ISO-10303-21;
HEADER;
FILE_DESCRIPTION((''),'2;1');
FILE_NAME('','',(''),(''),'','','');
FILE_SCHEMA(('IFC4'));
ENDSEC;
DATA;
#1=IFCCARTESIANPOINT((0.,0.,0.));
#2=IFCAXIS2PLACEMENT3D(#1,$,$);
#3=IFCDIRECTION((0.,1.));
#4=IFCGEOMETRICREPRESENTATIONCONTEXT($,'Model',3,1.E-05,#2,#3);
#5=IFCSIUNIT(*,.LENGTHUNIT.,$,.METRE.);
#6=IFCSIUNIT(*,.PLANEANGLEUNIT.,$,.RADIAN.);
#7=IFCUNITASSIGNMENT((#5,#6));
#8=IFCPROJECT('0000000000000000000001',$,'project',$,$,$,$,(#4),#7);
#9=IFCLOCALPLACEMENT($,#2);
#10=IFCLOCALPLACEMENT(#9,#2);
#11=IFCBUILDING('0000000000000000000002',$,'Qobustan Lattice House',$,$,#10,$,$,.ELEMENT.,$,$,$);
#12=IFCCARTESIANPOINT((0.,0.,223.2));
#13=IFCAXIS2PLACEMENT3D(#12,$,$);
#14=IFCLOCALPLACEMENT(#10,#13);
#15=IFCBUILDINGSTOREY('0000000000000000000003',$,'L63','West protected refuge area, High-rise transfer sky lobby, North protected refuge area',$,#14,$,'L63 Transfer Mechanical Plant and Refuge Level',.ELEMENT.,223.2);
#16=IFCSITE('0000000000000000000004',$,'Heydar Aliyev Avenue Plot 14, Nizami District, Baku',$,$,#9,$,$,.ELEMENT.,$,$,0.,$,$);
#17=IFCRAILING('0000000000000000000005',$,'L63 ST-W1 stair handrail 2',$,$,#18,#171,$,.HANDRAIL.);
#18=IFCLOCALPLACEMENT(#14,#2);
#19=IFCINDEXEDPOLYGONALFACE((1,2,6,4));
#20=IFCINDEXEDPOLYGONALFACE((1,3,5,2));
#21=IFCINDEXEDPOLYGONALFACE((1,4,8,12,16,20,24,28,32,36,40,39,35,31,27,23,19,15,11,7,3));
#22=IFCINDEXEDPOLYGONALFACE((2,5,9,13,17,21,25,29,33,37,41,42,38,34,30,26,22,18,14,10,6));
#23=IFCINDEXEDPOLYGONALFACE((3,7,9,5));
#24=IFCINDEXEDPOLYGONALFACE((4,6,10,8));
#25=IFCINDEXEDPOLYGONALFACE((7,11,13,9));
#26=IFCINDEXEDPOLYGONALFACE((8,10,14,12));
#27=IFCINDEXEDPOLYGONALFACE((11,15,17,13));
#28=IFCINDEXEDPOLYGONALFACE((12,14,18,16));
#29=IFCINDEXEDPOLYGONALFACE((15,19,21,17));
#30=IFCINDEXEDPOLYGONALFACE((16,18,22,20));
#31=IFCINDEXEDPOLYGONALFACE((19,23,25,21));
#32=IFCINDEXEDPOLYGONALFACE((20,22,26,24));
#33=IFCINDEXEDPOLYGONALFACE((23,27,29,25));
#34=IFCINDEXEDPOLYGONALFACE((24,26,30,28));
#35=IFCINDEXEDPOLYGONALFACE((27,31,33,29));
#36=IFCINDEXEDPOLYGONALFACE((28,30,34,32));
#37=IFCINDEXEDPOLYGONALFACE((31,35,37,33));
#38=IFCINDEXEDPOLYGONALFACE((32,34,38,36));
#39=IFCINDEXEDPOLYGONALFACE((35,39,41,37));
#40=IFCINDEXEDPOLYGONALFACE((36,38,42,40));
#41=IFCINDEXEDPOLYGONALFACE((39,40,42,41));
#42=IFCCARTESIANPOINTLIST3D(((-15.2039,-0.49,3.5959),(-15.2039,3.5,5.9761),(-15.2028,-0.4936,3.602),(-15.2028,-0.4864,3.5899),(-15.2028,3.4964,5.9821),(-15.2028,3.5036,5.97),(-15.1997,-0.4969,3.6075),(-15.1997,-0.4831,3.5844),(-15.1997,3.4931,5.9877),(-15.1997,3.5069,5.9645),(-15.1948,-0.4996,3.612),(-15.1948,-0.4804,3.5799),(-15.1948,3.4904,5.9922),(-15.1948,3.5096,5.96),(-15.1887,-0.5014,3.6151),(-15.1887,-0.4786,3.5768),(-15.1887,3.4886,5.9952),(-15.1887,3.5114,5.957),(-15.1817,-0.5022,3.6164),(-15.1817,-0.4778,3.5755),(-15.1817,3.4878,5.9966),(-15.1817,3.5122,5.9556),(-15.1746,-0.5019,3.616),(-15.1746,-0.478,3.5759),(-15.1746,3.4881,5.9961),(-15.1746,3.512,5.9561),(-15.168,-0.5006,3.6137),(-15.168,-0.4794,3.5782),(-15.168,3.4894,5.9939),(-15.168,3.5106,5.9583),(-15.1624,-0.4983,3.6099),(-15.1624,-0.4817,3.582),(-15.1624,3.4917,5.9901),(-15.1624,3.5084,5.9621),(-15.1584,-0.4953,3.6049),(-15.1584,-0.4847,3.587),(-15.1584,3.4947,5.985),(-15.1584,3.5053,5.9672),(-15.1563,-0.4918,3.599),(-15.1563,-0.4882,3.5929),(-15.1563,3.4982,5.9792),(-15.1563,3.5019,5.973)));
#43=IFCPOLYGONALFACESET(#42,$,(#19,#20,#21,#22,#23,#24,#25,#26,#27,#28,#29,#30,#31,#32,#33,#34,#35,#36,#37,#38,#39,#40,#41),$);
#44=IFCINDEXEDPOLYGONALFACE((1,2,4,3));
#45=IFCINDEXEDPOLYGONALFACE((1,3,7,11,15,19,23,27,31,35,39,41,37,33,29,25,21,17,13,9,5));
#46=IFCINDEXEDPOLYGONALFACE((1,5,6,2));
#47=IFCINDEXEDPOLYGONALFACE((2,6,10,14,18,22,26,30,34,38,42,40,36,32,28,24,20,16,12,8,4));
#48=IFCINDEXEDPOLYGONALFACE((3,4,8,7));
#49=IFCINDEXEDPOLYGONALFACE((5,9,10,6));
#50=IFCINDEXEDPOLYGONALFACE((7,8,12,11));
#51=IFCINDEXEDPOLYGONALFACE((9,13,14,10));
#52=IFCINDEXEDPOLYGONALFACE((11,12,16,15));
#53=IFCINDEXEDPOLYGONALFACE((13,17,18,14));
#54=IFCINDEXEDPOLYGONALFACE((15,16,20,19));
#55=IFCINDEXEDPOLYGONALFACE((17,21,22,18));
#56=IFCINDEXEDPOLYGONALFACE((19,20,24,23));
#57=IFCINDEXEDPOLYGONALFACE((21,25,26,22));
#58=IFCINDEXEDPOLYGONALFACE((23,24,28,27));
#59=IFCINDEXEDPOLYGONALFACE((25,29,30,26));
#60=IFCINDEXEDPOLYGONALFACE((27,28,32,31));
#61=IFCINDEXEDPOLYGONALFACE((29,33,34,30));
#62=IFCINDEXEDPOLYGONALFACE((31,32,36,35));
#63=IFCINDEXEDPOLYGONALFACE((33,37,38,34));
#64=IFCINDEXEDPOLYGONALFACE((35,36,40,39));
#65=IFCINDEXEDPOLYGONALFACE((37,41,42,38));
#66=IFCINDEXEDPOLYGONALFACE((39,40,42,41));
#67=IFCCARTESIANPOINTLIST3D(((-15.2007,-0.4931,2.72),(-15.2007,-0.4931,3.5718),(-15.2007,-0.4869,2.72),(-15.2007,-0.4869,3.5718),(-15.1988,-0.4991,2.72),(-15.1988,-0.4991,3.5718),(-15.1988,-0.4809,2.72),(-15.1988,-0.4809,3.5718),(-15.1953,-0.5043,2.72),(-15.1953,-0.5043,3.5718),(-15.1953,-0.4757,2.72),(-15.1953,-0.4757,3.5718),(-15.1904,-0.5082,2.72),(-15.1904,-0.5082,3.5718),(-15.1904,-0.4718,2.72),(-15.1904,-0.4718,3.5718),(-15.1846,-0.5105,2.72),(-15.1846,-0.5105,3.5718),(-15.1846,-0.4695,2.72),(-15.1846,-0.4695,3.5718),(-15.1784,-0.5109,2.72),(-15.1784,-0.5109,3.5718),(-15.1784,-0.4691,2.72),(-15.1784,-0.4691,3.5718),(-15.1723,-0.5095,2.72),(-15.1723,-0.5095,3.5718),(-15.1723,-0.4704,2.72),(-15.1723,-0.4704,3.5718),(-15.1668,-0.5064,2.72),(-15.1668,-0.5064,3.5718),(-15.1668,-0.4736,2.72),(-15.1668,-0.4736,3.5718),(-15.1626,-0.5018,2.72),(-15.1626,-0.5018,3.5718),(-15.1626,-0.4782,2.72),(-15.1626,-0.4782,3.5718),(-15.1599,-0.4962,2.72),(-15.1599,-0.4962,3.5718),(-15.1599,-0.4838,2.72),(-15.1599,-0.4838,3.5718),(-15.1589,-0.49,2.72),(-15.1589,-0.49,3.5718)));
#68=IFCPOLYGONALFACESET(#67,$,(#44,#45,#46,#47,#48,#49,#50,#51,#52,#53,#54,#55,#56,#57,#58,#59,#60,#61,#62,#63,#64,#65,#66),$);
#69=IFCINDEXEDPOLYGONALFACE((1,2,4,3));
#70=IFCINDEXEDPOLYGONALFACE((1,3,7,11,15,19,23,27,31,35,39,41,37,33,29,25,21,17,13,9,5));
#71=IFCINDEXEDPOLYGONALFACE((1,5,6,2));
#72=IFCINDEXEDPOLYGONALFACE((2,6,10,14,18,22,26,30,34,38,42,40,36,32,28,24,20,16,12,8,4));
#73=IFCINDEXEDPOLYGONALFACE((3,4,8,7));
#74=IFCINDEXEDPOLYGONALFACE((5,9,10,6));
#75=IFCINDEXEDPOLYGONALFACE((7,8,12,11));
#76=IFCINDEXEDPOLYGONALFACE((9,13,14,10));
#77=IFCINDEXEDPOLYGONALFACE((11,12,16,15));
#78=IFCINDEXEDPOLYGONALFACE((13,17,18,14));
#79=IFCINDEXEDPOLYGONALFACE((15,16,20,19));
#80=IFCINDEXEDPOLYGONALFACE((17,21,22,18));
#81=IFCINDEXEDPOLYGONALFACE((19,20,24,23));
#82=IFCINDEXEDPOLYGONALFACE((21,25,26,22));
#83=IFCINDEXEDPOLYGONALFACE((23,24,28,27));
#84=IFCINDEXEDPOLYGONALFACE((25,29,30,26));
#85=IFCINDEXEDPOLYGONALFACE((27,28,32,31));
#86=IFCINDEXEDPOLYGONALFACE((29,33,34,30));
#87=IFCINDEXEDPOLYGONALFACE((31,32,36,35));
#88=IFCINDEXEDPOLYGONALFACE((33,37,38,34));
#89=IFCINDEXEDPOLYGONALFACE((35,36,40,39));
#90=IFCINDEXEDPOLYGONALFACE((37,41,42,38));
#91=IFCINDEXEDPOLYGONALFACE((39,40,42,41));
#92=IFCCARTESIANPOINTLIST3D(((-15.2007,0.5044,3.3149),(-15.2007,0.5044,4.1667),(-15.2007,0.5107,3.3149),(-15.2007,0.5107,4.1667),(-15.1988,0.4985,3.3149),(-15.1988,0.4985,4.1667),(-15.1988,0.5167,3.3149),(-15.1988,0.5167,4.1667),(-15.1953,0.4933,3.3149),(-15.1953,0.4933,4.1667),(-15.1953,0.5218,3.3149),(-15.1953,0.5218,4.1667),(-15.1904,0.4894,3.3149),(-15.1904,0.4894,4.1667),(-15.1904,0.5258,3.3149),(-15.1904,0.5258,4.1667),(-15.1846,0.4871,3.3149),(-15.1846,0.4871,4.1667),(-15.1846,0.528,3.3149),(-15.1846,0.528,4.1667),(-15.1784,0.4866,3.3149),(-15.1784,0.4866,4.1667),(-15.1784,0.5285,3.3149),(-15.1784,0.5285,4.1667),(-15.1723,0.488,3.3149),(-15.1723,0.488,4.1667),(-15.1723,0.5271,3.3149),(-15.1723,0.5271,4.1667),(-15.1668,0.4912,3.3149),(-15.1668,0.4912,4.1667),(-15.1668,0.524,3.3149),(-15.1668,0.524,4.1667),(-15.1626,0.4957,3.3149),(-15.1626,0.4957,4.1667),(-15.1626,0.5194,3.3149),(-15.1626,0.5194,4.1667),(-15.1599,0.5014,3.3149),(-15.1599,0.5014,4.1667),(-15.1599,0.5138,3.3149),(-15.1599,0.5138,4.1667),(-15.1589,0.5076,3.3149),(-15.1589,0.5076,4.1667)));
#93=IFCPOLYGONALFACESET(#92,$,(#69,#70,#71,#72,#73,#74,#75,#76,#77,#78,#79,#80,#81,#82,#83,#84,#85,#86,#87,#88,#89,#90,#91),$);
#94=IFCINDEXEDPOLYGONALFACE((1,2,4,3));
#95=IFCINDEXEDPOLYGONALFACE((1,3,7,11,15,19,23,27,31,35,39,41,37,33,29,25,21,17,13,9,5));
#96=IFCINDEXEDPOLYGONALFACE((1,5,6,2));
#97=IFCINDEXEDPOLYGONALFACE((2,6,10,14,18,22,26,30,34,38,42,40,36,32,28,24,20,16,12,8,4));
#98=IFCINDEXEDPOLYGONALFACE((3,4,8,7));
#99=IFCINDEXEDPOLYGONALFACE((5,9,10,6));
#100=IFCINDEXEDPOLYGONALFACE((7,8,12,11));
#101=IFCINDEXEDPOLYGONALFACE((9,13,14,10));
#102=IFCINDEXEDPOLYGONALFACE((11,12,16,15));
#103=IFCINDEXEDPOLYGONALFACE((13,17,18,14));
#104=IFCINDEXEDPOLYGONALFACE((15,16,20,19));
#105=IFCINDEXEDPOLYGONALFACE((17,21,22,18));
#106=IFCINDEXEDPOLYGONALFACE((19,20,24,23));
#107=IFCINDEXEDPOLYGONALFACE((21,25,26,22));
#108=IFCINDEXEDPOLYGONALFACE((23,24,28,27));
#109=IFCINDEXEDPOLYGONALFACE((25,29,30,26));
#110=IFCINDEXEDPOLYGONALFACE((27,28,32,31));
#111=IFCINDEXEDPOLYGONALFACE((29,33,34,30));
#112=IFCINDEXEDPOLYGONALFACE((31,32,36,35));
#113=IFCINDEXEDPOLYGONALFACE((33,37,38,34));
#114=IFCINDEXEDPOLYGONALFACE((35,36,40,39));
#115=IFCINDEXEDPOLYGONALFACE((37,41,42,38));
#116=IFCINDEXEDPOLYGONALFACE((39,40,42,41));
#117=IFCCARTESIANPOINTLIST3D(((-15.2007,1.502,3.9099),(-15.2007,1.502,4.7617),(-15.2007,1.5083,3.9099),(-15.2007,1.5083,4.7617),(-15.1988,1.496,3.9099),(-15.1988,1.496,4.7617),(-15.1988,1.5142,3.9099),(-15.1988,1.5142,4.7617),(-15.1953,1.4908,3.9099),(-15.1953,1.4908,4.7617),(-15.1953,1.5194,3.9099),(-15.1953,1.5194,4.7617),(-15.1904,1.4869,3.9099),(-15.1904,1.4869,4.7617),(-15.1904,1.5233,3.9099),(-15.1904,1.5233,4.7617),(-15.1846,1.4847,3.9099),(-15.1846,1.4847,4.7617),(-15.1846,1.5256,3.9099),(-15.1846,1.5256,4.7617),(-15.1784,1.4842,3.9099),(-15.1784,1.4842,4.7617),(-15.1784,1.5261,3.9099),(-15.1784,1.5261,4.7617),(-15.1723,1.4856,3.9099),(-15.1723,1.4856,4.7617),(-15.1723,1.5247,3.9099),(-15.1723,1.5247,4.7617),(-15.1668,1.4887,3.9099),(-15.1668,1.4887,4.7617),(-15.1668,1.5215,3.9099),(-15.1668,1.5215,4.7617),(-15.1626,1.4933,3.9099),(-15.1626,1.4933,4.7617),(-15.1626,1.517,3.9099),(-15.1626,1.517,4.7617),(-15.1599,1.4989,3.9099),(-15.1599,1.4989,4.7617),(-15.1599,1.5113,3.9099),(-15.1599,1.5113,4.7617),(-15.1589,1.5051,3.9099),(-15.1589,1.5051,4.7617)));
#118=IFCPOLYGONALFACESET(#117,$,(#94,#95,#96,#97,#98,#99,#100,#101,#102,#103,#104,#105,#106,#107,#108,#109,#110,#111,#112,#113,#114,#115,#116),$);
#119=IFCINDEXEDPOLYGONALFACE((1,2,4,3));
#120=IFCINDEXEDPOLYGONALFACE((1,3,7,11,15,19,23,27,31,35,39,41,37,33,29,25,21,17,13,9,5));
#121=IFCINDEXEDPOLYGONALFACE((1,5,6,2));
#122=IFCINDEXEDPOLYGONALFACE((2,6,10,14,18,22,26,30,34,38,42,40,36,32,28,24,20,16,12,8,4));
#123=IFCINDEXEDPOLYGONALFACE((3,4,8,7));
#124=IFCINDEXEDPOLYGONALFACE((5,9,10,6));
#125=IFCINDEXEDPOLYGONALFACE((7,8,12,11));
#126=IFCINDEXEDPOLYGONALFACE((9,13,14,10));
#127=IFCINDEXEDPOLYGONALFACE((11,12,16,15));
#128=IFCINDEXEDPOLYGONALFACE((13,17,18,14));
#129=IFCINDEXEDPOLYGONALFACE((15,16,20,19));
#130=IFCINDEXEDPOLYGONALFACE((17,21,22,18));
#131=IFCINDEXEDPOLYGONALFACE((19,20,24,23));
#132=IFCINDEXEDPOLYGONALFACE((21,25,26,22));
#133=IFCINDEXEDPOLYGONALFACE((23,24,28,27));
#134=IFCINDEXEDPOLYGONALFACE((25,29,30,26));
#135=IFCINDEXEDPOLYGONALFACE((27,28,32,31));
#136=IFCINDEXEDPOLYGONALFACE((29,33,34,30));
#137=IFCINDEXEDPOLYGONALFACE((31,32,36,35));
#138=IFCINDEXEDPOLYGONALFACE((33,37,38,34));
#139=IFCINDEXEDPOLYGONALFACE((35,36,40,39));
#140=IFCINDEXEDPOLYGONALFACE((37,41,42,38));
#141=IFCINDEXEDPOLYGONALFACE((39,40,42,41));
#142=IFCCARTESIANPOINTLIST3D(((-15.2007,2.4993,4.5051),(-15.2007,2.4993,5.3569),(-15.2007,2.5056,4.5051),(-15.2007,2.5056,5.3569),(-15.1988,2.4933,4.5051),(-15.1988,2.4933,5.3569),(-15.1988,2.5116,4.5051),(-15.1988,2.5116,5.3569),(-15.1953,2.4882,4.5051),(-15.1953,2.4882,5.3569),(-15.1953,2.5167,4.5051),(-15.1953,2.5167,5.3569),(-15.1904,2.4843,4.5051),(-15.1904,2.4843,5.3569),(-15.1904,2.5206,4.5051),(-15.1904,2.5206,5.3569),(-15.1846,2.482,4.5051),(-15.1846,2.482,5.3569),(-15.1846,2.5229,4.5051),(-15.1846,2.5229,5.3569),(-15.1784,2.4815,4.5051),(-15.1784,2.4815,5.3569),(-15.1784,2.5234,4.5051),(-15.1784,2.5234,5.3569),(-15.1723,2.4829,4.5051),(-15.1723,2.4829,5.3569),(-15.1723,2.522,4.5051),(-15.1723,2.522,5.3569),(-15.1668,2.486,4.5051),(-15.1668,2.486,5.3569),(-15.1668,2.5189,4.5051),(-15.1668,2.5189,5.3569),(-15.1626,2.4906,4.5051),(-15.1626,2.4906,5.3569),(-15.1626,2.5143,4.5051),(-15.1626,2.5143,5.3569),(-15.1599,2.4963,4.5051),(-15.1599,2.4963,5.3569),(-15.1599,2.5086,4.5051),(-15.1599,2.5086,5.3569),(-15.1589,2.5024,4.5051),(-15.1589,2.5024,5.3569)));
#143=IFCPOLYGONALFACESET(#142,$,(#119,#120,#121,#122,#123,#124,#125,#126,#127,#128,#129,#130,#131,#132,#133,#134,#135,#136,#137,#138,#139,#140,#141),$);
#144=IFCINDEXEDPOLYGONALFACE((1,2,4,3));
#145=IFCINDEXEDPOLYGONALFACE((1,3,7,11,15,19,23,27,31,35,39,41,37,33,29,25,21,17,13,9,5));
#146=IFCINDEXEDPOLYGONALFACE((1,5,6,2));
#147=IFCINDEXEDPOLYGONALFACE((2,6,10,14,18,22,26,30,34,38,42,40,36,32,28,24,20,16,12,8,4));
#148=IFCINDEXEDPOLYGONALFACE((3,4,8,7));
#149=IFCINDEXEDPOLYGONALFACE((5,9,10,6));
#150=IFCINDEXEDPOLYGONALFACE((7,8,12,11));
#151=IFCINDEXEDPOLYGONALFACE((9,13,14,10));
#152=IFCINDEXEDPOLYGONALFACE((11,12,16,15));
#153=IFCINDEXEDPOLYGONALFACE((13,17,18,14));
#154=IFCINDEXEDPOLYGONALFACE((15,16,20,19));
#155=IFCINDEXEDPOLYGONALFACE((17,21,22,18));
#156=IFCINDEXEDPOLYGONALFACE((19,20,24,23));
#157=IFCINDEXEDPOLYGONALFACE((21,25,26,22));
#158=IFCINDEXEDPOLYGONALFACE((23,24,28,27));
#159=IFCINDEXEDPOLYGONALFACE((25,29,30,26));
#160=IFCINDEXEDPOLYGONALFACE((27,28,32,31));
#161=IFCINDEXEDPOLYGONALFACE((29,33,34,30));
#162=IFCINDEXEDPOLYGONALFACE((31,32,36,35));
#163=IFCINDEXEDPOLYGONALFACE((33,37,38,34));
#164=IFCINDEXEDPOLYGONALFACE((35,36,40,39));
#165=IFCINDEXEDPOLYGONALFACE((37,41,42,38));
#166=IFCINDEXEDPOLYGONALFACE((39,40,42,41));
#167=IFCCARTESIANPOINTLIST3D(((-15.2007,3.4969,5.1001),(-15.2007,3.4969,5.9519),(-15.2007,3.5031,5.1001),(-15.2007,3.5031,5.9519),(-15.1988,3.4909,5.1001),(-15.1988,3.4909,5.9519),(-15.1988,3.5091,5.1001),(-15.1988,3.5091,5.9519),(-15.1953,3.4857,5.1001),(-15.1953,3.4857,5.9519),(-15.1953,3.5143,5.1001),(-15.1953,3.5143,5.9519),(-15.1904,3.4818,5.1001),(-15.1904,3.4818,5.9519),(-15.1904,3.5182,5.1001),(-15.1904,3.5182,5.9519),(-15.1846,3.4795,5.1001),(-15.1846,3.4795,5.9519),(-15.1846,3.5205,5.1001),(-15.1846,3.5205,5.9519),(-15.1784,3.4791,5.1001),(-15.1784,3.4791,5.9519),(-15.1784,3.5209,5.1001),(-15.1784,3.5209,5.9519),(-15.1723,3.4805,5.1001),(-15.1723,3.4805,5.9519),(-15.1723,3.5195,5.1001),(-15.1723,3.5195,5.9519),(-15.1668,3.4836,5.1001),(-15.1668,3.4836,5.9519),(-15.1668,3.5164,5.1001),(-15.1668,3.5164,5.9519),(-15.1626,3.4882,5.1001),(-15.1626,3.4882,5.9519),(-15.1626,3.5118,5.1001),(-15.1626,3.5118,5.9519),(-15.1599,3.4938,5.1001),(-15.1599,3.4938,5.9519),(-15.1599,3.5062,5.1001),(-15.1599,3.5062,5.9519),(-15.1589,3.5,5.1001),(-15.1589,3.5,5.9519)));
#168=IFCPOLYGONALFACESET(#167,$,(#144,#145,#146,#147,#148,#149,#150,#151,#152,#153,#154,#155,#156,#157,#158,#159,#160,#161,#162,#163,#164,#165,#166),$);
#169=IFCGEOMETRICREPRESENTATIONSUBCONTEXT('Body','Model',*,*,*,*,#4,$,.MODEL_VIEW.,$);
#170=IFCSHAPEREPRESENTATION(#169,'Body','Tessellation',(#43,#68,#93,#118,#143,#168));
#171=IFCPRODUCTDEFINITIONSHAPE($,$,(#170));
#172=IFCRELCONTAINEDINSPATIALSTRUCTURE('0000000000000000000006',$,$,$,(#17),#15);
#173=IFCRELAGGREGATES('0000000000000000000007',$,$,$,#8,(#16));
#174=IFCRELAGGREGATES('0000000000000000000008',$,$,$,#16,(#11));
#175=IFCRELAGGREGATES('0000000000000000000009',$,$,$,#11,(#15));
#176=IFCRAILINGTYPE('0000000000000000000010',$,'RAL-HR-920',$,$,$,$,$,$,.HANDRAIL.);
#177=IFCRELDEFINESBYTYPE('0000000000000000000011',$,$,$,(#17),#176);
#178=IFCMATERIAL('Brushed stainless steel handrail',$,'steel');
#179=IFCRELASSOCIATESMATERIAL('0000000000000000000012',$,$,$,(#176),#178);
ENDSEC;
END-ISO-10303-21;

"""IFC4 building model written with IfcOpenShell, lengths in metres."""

from ifc_helpers import new_model, si_unit, direction, frame, origin, origin_2d, place, context, subcontext, project, spatial, circle, extrude, material, type_object, element, save


model = new_model("IFC4")

# Units and contexts
model_context = context("Model", 3, precision=1e-05, world=origin(), true_north=direction((0.0, 1.0)))
body_context = subcontext(model_context, "Body", "Model", "MODEL_VIEW")
ifc_project = project(units=[si_unit("LENGTHUNIT", "METRE"), si_unit("PLANEANGLEUNIT", "RADIAN")], contexts=[model_context])

# Site, building, storey
site_placement = place(None, origin())
site = spatial("IfcSite", under=ifc_project, at=site_placement, Name="Heydar Aliyev Avenue Plot 14, Nizami District, Baku", CompositionType="ELEMENT", RefElevation=0.0)
building_placement = place(site_placement, origin())
building = spatial("IfcBuilding", under=site, at=building_placement, Name="Qobustan Lattice House", CompositionType="ELEMENT")
storey_placement = place(building_placement, frame((0.0, 0.0, 223.2)))
storey = spatial("IfcBuildingStorey", under=building, at=storey_placement, Name="L63", Description="West protected refuge area, High-rise transfer sky lobby, North protected refuge area", LongName="L63 Transfer Mechanical Plant and Refuge Level", CompositionType="ELEMENT", Elevation=223.2)

# Railing
ifc_material_1 = material(Name="Brushed stainless steel handrail", Category="steel")
railing_type_1 = type_object("IfcRailingType", Name="RAL-HR-920", PredefinedType="HANDRAIL", material=ifc_material_1)
railing_1_placement = place(storey_placement, frame((-15.1799, -0.49, 2.72)))
element("IfcRailing", 1, at=railing_1_placement, inside=storey, type_object=railing_type_1, Name="L63 ST-W1 stair handrail 2", PredefinedType="HANDRAIL", context=body_context, shape_type="SweptSolid", body=[
    extrude(circle(Radius=0.0239, at=origin_2d()), frame((0.0, 0.0, 0.876), z_axis=(0.0, 0.858807, 0.512299), x_axis=(-1.0, 0.0, 0.0)), (0.0, 0.0, 1.0), 4.646),
    extrude(circle(Radius=0.021, at=origin_2d()), origin(), (0.0, 0.0, 1.0), 0.8518),
    extrude(circle(Radius=0.021, at=origin_2d()), frame((0.0, 0.9976, 0.595)), (0.0, 0.0, 1.0), 0.8518),
    extrude(circle(Radius=0.021, at=origin_2d()), frame((0.0, 1.9951, 1.1899)), (0.0, 0.0, 1.0), 0.8518),
    extrude(circle(Radius=0.021, at=origin_2d()), frame((0.0, 2.9924, 1.7852)), (0.0, 0.0, 1.0), 0.8518),
    extrude(circle(Radius=0.021, at=origin_2d()), frame((0.0, 3.99, 2.3801)), (0.0, 0.0, 1.0), 0.8518),
])

save(model, "model.ifc")
